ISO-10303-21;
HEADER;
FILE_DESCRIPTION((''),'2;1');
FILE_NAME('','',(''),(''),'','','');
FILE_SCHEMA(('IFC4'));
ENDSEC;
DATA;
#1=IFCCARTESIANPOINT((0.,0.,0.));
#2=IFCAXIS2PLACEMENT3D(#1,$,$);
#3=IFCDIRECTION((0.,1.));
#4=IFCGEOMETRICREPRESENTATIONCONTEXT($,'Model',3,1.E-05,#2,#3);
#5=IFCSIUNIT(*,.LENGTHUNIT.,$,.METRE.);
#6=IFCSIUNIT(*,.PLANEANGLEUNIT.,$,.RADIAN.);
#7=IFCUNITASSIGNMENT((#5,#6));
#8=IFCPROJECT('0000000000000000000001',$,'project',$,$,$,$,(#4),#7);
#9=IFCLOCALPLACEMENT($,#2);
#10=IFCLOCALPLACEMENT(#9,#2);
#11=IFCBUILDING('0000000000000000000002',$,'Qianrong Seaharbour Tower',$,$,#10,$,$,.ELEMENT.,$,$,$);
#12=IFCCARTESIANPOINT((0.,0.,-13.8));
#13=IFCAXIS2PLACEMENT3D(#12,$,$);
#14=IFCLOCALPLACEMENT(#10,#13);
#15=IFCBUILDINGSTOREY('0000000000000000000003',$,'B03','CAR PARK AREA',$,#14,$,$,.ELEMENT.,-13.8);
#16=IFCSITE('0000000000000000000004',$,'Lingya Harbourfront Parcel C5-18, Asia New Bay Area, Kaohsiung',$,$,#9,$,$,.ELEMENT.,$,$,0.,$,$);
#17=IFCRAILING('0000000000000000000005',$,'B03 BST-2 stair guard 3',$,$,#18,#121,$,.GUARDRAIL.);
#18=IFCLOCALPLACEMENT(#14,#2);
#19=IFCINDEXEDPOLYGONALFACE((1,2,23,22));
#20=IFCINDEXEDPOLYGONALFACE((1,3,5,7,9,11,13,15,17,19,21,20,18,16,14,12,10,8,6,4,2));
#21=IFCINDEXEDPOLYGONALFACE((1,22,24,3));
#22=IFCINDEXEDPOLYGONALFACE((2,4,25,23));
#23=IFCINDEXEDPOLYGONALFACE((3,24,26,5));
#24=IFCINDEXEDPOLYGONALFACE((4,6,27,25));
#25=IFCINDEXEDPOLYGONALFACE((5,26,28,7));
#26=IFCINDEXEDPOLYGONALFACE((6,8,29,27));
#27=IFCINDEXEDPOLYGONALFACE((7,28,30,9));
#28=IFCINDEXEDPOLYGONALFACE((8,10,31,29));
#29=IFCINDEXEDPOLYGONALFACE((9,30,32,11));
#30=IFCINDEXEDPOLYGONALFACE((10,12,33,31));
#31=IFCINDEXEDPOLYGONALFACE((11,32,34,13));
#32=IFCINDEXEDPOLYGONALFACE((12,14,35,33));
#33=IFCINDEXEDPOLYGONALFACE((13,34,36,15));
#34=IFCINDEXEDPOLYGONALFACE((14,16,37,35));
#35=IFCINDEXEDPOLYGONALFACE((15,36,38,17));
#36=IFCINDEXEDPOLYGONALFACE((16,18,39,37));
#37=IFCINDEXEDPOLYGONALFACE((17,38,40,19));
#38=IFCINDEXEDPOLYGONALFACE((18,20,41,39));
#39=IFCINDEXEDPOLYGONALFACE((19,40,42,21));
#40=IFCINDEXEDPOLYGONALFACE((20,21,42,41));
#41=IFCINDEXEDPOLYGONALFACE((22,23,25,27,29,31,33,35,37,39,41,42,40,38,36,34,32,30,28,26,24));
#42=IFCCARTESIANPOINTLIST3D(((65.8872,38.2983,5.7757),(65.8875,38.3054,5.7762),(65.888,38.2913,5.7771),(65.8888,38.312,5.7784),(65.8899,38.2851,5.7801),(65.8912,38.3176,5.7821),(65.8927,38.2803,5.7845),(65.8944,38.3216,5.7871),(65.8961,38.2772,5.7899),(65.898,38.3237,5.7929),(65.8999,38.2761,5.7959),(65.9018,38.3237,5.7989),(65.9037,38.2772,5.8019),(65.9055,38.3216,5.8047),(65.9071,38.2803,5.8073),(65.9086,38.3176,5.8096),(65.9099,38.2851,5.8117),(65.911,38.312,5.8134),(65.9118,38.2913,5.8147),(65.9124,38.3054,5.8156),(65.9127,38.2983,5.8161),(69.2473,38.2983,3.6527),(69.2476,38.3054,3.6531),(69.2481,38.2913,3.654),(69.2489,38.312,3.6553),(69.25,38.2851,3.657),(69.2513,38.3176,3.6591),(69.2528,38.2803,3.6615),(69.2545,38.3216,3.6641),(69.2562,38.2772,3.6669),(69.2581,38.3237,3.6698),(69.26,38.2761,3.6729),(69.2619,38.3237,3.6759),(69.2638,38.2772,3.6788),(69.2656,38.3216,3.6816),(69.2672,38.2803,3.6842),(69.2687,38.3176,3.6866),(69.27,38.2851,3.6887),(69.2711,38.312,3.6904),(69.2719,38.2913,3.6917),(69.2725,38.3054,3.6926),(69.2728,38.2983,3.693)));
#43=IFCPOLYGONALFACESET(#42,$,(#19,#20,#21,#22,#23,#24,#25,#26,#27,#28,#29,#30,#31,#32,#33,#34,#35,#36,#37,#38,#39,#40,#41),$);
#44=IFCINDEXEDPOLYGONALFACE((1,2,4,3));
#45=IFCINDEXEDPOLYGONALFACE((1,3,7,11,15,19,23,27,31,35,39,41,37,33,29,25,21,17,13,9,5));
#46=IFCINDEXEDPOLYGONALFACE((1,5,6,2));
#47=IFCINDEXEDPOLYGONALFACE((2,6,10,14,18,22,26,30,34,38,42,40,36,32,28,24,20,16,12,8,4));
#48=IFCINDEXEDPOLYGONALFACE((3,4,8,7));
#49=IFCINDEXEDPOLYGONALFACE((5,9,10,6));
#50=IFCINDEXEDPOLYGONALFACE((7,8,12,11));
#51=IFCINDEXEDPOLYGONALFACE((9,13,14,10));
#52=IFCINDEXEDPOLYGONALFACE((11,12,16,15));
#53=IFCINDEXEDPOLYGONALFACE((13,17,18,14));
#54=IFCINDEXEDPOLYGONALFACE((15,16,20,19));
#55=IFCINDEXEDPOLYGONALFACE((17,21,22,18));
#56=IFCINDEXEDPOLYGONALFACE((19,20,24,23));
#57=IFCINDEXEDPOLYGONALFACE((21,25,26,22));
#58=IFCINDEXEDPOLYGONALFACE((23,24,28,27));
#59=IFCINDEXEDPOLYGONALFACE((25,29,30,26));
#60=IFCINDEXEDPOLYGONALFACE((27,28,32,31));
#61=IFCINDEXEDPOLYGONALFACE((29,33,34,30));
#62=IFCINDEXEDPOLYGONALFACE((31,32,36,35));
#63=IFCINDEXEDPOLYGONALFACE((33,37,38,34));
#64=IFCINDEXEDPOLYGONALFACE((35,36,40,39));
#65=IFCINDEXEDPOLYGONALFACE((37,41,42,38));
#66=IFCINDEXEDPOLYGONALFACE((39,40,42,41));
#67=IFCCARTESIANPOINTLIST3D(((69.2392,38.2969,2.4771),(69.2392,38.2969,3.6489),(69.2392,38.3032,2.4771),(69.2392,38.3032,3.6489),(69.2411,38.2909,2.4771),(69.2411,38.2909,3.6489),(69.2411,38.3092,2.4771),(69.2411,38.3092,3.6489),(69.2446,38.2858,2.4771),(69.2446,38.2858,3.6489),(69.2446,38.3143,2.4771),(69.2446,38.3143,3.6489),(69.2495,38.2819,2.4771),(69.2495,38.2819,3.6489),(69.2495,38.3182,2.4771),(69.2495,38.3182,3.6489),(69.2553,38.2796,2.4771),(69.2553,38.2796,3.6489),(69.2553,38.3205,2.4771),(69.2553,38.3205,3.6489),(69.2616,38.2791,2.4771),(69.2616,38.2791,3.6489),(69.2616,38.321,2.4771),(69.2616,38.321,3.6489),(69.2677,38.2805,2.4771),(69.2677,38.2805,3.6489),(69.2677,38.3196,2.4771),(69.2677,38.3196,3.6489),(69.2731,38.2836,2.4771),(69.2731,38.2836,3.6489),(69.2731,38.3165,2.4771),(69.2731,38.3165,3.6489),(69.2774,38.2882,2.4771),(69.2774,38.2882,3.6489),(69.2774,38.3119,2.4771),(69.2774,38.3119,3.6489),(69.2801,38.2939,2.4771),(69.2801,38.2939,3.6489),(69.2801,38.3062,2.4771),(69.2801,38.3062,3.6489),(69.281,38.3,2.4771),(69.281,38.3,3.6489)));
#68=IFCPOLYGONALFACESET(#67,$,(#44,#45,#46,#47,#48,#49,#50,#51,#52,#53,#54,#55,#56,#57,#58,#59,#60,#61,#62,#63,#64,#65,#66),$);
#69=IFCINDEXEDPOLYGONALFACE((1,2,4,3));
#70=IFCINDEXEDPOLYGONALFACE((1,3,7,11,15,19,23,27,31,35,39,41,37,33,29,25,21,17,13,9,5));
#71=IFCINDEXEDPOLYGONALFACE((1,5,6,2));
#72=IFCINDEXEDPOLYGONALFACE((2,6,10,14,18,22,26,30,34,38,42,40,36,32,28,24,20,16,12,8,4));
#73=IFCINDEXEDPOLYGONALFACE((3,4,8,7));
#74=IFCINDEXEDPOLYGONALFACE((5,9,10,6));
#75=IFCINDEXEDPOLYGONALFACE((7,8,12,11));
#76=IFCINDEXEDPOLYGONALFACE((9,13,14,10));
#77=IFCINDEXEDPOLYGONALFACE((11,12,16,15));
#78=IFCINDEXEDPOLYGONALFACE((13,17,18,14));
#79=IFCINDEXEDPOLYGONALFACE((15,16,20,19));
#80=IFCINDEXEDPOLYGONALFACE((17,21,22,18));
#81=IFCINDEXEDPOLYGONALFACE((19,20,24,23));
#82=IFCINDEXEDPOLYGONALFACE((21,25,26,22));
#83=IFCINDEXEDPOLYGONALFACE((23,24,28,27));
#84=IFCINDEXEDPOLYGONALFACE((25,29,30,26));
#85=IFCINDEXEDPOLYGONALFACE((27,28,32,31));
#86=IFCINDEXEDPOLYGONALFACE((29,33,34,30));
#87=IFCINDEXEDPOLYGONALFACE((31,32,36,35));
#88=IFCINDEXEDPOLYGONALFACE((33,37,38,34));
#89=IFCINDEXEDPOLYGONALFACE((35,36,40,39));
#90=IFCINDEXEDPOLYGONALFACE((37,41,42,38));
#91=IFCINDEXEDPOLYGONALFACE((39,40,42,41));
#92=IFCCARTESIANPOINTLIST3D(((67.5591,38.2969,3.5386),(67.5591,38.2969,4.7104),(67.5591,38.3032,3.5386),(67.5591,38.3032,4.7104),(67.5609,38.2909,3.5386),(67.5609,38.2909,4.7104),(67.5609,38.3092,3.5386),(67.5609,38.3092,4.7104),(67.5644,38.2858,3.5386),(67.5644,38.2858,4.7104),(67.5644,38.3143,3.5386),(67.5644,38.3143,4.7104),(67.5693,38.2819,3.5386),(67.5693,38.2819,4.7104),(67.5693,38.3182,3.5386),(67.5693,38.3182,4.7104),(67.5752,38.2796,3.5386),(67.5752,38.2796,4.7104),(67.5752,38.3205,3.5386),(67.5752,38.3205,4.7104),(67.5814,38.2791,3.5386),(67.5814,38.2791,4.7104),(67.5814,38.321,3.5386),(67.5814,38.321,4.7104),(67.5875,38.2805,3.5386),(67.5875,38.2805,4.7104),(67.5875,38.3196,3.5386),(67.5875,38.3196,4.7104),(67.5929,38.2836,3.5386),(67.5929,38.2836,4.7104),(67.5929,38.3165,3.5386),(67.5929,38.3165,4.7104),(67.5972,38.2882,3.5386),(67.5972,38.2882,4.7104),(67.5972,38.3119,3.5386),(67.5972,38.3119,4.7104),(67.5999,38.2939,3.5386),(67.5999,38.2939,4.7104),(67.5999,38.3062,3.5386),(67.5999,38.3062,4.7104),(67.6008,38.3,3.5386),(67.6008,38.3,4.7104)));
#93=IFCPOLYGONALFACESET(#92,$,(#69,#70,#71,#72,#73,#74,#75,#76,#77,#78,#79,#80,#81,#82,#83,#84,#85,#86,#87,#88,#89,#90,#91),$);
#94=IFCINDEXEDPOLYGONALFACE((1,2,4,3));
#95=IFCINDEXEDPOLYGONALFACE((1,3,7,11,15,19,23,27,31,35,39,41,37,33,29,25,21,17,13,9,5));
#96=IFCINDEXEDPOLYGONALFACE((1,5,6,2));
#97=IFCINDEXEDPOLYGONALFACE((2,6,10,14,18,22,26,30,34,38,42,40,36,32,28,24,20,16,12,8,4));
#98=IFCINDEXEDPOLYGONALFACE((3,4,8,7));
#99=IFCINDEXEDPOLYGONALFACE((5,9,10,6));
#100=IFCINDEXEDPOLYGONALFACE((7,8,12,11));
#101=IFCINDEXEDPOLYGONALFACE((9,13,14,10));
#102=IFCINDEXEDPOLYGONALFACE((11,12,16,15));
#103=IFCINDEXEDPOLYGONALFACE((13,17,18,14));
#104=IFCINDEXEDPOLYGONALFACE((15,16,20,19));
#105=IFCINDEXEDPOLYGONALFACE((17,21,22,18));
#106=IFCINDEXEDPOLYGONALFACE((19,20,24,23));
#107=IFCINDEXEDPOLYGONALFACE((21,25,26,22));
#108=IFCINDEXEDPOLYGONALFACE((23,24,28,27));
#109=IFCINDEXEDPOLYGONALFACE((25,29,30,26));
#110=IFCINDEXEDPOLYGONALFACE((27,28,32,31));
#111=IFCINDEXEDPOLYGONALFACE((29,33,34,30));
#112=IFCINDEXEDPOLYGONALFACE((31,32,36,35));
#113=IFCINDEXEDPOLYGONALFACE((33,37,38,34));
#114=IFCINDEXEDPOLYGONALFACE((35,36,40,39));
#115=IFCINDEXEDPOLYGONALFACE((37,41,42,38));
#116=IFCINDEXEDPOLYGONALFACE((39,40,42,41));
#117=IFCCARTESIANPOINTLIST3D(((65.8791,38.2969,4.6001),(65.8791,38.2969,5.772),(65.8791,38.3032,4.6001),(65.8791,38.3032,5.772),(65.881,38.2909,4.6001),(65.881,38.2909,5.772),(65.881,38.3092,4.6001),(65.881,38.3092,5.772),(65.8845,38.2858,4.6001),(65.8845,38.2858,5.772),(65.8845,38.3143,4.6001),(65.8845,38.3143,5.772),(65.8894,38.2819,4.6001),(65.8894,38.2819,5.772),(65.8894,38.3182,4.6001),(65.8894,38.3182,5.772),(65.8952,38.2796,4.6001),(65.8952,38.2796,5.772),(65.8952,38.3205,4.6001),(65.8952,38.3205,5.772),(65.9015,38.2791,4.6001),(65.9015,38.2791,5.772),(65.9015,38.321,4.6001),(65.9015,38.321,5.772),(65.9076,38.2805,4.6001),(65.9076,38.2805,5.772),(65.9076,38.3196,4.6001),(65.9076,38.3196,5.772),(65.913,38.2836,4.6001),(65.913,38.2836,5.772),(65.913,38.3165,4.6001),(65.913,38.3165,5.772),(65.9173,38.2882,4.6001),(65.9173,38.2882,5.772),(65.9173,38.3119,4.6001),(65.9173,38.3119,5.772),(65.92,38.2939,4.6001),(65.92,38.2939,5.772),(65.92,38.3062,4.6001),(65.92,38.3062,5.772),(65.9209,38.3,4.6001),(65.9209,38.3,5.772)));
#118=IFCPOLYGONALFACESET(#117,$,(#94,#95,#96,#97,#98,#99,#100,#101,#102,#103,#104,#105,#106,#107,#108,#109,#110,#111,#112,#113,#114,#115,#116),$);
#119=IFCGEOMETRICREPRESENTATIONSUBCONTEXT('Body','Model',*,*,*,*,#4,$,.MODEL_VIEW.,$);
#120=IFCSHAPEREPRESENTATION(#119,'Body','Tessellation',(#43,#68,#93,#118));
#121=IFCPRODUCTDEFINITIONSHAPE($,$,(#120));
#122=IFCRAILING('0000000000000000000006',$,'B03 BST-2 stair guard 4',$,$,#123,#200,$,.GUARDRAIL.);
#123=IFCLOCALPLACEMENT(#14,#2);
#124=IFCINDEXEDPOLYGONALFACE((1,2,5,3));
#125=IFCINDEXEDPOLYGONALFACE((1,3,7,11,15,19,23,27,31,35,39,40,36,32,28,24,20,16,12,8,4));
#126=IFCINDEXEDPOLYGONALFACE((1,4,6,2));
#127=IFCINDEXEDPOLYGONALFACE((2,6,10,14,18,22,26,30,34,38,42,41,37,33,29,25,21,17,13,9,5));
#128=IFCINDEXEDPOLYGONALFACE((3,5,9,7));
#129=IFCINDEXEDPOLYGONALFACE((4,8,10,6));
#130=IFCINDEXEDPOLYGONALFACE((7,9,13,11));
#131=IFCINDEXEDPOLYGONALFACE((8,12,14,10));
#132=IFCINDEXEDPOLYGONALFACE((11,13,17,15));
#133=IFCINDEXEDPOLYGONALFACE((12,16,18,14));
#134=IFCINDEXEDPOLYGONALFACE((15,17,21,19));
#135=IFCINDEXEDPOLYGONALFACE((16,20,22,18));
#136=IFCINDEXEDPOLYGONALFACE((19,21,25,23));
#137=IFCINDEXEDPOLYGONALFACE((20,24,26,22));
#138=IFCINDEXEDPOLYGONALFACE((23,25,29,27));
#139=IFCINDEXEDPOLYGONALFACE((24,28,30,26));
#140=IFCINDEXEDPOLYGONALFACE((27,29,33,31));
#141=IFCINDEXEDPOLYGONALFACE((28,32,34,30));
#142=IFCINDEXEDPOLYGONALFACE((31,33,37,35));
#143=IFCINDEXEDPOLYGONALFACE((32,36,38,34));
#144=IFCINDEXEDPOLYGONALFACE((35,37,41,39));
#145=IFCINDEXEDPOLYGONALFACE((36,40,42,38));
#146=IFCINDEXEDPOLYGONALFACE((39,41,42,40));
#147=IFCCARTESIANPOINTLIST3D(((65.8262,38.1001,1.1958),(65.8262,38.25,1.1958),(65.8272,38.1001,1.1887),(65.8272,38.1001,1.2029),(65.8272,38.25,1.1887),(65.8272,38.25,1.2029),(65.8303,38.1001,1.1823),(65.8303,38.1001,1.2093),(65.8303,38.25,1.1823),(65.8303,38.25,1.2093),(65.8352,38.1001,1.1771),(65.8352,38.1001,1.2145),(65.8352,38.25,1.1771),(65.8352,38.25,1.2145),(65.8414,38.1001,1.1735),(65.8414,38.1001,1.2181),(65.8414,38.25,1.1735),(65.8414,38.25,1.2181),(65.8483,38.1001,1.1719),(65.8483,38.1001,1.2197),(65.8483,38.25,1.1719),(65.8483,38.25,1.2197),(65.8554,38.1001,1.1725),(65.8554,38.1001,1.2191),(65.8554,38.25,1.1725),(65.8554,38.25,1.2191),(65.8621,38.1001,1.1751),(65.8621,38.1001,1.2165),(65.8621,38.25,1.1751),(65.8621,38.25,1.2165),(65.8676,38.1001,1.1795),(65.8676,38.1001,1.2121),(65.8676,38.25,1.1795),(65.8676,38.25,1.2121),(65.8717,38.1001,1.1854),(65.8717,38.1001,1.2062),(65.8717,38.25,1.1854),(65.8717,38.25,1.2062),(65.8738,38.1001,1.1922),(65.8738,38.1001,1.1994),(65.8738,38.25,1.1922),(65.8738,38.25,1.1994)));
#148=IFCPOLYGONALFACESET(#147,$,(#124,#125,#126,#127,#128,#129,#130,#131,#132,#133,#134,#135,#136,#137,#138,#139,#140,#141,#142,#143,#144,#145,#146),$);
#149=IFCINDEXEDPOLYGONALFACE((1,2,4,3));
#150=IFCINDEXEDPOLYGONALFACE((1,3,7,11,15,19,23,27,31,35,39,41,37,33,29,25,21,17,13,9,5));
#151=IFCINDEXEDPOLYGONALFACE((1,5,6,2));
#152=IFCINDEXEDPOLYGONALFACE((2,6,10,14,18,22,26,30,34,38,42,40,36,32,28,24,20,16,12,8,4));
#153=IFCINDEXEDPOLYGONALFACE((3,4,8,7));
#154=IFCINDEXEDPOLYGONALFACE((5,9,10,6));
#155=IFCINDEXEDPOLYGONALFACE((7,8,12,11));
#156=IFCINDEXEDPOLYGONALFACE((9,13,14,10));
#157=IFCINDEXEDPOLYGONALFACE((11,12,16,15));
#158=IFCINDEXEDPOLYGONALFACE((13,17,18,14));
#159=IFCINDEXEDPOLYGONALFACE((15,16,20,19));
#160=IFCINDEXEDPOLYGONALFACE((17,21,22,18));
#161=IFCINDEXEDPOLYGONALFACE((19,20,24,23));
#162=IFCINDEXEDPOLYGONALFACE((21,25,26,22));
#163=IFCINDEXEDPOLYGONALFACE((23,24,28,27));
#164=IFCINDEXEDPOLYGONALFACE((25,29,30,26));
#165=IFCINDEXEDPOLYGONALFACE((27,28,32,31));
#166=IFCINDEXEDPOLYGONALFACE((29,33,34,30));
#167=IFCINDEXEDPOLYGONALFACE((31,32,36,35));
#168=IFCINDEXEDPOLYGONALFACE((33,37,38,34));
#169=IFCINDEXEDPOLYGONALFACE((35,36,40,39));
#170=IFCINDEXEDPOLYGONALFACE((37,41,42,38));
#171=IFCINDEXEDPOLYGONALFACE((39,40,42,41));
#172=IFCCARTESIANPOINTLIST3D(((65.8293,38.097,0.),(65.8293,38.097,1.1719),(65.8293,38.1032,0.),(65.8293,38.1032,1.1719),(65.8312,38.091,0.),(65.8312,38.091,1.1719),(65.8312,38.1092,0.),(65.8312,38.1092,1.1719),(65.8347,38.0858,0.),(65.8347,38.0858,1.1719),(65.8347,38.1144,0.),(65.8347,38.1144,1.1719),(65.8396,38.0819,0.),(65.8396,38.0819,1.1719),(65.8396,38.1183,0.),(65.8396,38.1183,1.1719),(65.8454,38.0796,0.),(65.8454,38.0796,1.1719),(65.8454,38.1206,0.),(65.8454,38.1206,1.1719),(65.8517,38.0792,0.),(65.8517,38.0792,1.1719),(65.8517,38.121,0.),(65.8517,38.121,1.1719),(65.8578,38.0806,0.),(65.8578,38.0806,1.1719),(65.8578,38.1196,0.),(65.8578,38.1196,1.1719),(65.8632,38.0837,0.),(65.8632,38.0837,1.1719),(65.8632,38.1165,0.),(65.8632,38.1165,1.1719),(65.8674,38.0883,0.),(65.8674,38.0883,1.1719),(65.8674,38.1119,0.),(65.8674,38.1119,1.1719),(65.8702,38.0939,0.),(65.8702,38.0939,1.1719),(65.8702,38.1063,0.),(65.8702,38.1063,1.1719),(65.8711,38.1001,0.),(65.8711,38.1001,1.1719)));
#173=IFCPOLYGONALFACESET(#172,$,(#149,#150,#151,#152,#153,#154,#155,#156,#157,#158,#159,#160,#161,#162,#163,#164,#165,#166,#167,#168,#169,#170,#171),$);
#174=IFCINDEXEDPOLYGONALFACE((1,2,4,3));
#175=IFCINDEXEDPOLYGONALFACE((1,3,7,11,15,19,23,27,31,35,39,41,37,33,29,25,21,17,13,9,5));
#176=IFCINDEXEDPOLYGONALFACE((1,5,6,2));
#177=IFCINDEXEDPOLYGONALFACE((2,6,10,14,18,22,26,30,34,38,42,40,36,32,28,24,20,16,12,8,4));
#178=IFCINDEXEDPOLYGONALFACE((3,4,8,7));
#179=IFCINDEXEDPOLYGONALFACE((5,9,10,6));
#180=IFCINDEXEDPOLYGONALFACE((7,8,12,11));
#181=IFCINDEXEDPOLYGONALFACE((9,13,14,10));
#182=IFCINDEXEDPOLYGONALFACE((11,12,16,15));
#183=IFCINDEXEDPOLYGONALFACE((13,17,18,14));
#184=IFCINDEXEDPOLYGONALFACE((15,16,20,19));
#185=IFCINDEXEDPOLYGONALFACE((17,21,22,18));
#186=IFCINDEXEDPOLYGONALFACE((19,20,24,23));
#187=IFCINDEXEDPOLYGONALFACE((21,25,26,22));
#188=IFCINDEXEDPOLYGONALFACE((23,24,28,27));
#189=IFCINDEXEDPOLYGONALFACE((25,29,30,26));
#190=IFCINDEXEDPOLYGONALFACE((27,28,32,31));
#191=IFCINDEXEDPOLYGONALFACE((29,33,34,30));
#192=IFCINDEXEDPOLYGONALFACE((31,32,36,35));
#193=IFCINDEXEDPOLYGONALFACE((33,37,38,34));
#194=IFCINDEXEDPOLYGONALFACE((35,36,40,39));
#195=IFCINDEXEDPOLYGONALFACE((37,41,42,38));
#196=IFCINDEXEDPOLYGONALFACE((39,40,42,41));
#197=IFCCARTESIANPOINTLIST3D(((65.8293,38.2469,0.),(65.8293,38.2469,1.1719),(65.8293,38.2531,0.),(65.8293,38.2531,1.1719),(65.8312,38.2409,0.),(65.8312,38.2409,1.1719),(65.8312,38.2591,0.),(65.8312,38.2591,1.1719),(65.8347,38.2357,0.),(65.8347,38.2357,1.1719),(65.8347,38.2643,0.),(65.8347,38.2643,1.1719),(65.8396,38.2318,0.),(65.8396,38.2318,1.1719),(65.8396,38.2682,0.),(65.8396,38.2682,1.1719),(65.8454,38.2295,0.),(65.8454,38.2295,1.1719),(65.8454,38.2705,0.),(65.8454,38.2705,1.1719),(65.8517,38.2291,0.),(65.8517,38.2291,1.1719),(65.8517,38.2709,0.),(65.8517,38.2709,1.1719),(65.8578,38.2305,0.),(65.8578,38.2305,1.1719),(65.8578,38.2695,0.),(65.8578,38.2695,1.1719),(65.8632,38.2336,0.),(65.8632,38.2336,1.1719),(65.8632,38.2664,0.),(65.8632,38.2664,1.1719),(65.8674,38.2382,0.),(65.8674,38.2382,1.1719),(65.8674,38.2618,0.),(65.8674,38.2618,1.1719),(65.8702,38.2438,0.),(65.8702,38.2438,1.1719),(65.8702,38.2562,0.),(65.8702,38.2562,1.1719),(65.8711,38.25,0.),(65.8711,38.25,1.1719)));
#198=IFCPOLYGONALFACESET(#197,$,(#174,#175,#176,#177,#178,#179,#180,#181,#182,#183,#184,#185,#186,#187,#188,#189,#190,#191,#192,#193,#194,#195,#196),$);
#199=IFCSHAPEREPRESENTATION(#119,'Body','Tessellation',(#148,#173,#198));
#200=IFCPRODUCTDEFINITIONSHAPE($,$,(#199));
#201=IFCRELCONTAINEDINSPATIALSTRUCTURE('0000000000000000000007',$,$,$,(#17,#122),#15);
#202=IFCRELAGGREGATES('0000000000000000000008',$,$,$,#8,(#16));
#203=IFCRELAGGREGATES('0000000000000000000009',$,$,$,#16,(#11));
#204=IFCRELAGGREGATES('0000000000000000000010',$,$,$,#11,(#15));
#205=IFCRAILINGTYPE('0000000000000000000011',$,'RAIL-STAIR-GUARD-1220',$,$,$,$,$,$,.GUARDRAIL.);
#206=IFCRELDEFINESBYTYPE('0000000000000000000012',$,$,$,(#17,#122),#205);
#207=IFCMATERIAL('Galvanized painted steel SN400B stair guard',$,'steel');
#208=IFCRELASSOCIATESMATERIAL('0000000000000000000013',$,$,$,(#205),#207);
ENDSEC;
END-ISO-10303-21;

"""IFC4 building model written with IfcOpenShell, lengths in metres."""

from ifc_helpers import new_model, si_unit, direction, frame, origin, origin_2d, place, context, subcontext, project, spatial, circle, extrude, material, type_object, element, save


model = new_model("IFC4")

# Units and contexts
model_context = context("Model", 3, precision=1e-05, world=origin(), true_north=direction((0.0, 1.0)))
body_context = subcontext(model_context, "Body", "Model", "MODEL_VIEW")
ifc_project = project(units=[si_unit("LENGTHUNIT", "METRE"), si_unit("PLANEANGLEUNIT", "RADIAN")], contexts=[model_context])

# Site, building, storey
site_placement = place(None, origin())
site = spatial("IfcSite", under=ifc_project, at=site_placement, Name="Lingya Harbourfront Parcel C5-18, Asia New Bay Area, Kaohsiung", CompositionType="ELEMENT", RefElevation=0.0)
building_placement = place(site_placement, origin())
building = spatial("IfcBuilding", under=site, at=building_placement, Name="Qianrong Seaharbour Tower", CompositionType="ELEMENT")
storey_placement = place(building_placement, frame((0.0, 0.0, -13.8)))
storey = spatial("IfcBuildingStorey", under=building, at=storey_placement, Name="B03", Description="CAR PARK AREA", CompositionType="ELEMENT", Elevation=-13.8)

# Railings
ifc_material_1 = material(Name="Galvanized painted steel SN400B stair guard", Category="steel")
railing_type_1 = type_object("IfcRailingType", Name="RAIL-STAIR-GUARD-1220", PredefinedType="GUARDRAIL", material=ifc_material_1)
railing_1_placement = place(storey_placement, frame((69.26, 38.3, 2.4771)))
element("IfcRailing", 1, at=railing_1_placement, inside=storey, type_object=railing_type_1, Name="B03 BST-2 stair guard 3", PredefinedType="GUARDRAIL", context=body_context, shape_type="SweptSolid", body=[
    extrude(circle(Radius=0.0239, at=origin_2d()), frame((0.0, 0.0, 1.1958), z_axis=(-0.84539, 0.0, 0.53415), x_axis=(0.0, -1.0, 0.0)), (0.0, 0.0, 1.0), 3.9746),
    extrude(circle(Radius=0.021, at=origin_2d()), origin(), (0.0, 0.0, 1.0), 1.1719),
    extrude(circle(Radius=0.021, at=origin_2d()), frame((-1.6802, 0.0, 1.0615)), (0.0, 0.0, 1.0), 1.1719),
    extrude(circle(Radius=0.021, at=origin_2d()), frame((-3.3601, 0.0, 2.123)), (0.0, 0.0, 1.0), 1.1719),
])
railing_2_placement = place(storey_placement, frame((65.8501, 38.1001, 0.0)))
element("IfcRailing", 2, at=railing_2_placement, inside=storey, type_object=railing_type_1, Name="B03 BST-2 stair guard 4", PredefinedType="GUARDRAIL", context=body_context, shape_type="SweptSolid", body=[
    extrude(circle(Radius=0.0239, at=origin_2d()), frame((0.0, 0.0, 1.1958), z_axis=(0.0, 1.0, 0.0), x_axis=(-1.0, 0.0, 0.0)), (0.0, 0.0, 1.0), 0.1499),
    extrude(circle(Radius=0.021, at=origin_2d()), origin(), (0.0, 0.0, 1.0), 1.1719),
    extrude(circle(Radius=0.021, at=origin_2d()), frame((0.0, 0.1499, 0.0)), (0.0, 0.0, 1.0), 1.1719),
])

save(model, "model.ifc")
